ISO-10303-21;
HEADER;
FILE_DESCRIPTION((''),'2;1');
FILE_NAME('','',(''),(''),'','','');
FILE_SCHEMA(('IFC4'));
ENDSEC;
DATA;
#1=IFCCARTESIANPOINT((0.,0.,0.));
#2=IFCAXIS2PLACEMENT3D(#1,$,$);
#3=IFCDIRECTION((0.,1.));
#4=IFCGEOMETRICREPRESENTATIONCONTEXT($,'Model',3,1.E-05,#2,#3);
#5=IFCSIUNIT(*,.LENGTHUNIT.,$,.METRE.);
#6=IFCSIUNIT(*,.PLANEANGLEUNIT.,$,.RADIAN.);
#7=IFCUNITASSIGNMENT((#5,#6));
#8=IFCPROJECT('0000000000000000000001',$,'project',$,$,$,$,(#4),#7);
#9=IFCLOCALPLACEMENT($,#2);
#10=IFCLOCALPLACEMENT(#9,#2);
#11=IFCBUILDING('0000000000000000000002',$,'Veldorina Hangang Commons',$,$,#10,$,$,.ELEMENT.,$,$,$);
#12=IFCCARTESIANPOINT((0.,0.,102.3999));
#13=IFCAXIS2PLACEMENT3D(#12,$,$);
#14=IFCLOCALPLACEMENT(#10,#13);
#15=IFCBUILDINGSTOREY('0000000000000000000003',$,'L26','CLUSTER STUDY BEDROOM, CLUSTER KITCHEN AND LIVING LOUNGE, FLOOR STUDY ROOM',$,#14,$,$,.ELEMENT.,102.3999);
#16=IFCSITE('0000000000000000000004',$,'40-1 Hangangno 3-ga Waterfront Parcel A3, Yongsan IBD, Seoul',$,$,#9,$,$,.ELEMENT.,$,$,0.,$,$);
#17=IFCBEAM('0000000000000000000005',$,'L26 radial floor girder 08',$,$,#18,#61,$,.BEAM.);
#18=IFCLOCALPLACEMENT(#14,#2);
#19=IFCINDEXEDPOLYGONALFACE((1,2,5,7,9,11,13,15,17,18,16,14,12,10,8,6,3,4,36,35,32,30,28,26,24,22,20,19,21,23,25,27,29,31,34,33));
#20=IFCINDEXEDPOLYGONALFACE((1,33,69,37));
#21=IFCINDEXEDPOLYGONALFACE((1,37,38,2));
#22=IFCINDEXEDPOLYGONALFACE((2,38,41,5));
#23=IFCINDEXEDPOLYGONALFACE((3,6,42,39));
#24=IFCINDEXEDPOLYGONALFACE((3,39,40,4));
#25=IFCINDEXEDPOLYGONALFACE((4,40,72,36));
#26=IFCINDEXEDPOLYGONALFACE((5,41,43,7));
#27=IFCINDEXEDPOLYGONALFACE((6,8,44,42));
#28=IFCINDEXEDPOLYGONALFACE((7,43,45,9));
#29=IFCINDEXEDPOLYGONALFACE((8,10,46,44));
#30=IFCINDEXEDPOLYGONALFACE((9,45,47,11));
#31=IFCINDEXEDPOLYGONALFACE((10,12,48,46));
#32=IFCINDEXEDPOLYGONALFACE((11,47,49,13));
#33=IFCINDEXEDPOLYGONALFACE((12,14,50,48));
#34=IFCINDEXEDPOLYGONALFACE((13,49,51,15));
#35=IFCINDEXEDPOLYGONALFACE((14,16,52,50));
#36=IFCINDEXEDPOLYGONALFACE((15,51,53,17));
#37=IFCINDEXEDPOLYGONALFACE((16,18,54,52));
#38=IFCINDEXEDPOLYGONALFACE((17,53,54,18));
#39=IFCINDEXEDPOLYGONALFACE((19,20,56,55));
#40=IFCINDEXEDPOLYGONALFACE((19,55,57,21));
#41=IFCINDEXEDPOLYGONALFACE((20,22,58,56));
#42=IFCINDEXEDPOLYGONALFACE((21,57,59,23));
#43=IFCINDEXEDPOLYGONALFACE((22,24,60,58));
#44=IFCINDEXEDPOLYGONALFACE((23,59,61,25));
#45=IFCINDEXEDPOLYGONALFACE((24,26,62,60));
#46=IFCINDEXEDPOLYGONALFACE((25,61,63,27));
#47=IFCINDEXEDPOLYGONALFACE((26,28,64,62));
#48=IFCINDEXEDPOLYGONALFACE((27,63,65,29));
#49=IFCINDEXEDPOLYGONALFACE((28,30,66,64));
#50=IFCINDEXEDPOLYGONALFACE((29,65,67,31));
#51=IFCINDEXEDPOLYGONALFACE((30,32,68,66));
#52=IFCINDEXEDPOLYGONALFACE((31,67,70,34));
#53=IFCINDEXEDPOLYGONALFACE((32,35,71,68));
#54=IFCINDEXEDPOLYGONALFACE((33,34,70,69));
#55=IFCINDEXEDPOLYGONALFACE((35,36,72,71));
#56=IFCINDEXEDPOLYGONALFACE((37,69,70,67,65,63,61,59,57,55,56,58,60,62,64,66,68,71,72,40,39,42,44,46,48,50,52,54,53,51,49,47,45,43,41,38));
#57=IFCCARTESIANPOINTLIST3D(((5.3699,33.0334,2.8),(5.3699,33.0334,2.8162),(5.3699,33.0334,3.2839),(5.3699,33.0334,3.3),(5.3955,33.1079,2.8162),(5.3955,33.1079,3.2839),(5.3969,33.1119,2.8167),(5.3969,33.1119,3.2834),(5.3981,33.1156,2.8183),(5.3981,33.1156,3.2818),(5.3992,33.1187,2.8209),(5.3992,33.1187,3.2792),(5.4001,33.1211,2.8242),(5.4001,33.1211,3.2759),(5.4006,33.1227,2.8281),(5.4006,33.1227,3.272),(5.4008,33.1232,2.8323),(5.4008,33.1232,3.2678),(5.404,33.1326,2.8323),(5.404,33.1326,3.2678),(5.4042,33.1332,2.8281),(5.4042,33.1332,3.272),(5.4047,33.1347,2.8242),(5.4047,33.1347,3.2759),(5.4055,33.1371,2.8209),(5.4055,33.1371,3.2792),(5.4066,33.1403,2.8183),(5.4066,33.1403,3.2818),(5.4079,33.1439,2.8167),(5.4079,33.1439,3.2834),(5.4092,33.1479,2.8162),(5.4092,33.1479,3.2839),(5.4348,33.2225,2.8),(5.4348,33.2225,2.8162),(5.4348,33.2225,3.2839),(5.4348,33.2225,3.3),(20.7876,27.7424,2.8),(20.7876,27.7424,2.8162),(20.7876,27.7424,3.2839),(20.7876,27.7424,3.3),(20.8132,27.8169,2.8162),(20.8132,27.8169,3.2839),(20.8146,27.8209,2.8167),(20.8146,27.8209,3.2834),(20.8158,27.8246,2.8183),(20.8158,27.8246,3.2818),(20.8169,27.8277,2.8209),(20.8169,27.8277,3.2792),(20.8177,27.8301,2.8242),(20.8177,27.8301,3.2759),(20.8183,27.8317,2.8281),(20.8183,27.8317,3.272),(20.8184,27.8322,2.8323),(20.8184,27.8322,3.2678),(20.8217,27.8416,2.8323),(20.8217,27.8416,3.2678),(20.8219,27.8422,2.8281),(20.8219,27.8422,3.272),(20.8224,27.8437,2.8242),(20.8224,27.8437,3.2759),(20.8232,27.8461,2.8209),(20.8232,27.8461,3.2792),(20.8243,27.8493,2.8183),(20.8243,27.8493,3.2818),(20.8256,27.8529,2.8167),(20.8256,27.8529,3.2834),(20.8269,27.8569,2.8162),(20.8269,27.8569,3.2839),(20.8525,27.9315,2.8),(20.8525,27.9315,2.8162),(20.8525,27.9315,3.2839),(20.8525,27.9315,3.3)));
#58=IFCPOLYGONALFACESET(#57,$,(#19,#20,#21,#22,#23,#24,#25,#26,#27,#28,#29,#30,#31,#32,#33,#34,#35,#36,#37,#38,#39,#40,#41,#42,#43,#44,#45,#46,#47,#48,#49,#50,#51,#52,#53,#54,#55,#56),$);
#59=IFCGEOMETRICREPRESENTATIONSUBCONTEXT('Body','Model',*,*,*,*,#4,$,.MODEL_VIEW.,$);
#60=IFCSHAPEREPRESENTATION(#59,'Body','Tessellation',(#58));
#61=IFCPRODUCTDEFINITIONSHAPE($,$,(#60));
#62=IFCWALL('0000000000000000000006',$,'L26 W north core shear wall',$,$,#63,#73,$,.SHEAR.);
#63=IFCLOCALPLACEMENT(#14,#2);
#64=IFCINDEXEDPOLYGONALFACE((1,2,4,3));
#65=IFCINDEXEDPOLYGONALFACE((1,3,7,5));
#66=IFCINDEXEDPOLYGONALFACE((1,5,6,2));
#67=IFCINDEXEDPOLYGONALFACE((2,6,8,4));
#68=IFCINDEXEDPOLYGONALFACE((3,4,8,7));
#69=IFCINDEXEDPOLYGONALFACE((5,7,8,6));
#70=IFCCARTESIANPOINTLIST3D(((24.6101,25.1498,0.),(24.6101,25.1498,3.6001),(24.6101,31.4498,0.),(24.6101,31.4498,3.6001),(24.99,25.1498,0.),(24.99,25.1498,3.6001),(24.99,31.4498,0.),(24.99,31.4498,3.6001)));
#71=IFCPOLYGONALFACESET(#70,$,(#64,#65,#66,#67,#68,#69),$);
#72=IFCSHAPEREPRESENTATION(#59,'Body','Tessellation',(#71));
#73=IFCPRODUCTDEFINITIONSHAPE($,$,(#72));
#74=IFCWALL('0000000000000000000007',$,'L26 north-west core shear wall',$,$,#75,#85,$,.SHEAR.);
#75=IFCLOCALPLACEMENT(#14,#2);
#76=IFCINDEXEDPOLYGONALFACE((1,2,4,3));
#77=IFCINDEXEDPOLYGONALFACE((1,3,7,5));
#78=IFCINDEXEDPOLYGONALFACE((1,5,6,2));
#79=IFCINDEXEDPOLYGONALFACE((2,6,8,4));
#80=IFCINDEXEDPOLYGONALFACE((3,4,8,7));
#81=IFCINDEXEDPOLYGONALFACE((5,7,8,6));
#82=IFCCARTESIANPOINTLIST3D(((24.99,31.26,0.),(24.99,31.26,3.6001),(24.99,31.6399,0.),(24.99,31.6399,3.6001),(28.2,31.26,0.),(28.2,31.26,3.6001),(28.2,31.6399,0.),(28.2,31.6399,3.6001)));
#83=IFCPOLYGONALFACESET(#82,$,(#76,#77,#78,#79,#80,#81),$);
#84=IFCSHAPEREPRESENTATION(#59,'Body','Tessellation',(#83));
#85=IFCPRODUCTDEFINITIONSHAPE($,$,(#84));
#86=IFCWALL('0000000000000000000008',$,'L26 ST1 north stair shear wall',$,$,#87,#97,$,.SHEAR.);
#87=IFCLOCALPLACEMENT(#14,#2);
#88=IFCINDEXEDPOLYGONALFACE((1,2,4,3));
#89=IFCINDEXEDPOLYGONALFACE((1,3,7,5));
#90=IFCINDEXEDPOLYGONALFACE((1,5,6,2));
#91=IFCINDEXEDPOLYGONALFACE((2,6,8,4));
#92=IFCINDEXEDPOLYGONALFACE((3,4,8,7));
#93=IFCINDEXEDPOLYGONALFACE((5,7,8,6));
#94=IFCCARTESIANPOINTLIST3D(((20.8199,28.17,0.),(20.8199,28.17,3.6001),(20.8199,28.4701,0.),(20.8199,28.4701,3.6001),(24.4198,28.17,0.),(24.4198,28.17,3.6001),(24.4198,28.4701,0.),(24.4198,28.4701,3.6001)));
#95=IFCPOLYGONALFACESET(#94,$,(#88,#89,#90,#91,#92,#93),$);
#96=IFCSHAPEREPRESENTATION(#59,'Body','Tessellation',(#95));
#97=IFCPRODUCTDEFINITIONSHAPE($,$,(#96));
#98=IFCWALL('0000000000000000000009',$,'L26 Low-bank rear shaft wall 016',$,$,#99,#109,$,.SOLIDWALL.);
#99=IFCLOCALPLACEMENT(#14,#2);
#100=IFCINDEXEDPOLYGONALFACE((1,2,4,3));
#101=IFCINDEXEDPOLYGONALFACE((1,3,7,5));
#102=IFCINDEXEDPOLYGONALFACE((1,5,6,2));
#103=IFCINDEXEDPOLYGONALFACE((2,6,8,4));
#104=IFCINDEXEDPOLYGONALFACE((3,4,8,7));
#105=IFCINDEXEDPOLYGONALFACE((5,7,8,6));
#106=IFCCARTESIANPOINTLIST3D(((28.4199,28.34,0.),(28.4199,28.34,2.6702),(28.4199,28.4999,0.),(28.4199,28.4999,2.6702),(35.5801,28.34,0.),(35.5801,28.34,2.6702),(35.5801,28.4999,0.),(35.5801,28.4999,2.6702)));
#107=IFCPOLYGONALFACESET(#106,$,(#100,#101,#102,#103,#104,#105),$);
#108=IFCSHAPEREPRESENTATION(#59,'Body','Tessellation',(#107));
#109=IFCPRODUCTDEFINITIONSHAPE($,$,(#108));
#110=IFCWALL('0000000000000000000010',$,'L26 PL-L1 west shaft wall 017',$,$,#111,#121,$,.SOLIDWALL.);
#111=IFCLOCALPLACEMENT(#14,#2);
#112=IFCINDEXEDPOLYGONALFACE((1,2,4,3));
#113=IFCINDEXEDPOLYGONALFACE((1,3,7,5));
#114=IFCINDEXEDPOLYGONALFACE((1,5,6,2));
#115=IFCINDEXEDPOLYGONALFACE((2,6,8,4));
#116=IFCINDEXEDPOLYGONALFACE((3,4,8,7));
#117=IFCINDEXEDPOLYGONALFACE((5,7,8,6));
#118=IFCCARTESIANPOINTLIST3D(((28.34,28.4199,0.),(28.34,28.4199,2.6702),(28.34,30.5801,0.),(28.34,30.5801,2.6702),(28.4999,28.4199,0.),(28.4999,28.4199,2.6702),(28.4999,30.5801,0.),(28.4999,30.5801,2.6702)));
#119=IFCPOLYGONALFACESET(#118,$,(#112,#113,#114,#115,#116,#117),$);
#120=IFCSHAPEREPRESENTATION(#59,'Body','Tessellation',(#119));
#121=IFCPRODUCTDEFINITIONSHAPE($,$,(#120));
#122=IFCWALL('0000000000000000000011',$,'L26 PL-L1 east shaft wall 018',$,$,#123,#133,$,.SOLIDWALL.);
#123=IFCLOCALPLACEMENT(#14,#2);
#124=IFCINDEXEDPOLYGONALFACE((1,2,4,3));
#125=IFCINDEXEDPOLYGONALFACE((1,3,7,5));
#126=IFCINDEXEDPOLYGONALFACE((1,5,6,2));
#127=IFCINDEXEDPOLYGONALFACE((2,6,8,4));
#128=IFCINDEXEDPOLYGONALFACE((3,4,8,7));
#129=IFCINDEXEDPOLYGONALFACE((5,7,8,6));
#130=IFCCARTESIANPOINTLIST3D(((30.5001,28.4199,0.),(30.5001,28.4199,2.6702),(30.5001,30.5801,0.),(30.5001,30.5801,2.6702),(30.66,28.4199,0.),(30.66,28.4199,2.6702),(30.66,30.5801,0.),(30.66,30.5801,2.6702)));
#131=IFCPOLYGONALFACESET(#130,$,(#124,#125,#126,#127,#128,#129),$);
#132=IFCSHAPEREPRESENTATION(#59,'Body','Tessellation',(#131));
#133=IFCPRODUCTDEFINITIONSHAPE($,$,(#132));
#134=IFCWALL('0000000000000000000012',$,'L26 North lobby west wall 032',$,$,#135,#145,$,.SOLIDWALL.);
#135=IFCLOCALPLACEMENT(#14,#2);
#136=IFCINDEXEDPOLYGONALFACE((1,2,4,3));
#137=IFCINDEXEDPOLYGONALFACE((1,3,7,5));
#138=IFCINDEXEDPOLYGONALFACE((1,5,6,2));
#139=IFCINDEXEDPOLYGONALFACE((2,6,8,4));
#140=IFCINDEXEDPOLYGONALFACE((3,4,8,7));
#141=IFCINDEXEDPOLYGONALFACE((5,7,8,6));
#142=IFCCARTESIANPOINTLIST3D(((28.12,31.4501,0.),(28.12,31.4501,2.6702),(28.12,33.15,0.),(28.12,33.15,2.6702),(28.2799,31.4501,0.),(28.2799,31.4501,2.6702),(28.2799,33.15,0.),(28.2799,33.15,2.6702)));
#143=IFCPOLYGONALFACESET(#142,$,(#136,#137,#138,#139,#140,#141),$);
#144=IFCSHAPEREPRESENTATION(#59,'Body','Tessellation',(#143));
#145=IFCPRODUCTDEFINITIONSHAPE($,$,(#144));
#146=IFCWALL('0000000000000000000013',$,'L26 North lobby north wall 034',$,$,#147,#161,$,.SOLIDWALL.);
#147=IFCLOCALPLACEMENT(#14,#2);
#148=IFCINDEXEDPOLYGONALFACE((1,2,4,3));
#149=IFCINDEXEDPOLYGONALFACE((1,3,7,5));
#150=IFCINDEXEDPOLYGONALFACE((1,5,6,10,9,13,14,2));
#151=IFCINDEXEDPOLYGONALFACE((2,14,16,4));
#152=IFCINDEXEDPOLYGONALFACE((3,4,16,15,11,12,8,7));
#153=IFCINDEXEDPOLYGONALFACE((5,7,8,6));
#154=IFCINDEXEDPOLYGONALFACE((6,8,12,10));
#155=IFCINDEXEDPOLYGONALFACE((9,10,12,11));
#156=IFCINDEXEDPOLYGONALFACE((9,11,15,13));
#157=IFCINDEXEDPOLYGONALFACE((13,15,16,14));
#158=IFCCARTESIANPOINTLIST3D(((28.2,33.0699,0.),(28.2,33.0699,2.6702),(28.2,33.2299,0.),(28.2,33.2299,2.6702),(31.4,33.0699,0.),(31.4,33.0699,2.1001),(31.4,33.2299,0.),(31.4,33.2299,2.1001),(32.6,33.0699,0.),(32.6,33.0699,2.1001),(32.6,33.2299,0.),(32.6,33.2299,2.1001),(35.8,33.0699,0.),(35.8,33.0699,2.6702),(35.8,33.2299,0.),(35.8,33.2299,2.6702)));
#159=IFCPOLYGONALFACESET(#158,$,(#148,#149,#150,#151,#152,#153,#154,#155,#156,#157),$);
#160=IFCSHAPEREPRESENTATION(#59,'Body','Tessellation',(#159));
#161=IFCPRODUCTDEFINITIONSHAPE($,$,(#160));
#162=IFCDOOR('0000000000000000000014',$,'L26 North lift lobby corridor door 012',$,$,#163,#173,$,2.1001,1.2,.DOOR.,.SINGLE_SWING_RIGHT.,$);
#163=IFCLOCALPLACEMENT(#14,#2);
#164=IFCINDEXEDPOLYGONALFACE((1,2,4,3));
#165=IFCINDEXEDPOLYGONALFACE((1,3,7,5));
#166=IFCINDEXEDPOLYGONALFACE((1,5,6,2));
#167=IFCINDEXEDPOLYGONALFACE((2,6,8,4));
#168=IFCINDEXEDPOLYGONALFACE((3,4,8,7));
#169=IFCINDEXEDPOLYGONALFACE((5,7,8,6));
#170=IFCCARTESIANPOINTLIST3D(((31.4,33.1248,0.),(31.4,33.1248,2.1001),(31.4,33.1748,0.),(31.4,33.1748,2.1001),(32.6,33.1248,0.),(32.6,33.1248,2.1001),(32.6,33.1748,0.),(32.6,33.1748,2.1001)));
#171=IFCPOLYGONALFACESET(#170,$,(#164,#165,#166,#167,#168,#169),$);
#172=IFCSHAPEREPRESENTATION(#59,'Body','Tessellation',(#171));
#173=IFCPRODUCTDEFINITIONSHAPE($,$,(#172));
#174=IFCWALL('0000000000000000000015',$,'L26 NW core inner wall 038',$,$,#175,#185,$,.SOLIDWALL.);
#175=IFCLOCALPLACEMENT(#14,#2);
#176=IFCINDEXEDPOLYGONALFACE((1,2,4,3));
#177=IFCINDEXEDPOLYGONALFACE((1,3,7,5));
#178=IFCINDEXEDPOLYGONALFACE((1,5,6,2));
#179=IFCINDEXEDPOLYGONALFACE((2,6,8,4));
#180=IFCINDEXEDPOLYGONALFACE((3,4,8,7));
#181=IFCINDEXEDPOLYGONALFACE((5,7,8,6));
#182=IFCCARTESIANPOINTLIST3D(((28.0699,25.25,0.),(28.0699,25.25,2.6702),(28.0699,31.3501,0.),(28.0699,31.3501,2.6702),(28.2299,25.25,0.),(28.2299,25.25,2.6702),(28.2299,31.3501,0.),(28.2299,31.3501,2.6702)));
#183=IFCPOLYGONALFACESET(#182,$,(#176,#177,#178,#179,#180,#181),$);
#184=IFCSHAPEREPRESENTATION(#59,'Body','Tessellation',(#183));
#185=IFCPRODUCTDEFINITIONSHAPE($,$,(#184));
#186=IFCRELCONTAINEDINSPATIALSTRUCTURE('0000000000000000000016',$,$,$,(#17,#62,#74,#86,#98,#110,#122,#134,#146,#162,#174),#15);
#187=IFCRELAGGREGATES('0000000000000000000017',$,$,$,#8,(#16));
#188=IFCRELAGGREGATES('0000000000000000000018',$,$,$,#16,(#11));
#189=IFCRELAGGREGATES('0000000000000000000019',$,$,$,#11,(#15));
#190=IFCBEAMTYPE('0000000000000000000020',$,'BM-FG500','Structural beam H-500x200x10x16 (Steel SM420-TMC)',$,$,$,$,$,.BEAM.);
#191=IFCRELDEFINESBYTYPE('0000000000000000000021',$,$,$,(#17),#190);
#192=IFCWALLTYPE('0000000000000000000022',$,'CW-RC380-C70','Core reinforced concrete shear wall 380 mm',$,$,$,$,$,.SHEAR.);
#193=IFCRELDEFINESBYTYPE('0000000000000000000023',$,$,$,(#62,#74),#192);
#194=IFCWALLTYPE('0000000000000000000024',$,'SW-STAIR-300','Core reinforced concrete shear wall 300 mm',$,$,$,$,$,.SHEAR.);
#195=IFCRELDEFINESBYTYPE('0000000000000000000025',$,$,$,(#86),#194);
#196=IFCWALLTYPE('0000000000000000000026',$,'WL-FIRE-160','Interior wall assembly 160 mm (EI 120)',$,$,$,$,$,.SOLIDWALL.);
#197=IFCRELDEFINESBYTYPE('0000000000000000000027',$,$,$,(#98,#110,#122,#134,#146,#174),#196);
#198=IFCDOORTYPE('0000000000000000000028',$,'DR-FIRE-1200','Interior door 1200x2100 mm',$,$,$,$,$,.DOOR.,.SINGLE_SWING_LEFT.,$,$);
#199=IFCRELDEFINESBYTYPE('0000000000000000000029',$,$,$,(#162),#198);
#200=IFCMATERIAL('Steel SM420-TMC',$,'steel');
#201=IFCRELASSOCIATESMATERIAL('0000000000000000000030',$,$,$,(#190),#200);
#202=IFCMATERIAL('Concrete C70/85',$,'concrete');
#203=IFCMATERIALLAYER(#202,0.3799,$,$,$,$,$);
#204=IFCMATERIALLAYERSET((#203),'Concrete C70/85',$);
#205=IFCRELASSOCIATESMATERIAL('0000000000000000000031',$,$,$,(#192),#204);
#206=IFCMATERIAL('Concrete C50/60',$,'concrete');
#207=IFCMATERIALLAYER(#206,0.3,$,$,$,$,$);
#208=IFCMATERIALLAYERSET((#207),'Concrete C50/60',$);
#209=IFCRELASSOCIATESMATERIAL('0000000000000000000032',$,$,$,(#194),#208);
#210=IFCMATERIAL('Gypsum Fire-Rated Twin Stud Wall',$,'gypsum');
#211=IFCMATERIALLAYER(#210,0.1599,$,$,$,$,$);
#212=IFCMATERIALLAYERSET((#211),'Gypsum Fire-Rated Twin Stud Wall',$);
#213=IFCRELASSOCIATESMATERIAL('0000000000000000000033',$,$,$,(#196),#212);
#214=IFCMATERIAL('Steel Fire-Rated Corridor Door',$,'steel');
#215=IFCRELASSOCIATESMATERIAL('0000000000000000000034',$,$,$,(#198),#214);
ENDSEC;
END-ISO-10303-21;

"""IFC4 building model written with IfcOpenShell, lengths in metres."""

from ifc_helpers import new_model, si_unit, direction, frame, frame_2d, origin, origin_2d, place, context, subcontext, project, spatial, rectangle, i_section, extrude, material, layer, layer_set, material_profile, profile_set, type_object, element, fill, save


model = new_model("IFC4")

# Units and contexts
model_context = context("Model", 3, precision=1e-05, world=origin(), true_north=direction((0.0, 1.0)))
body_context = subcontext(model_context, "Body", "Model", "MODEL_VIEW")
ifc_project = project(units=[si_unit("LENGTHUNIT", "METRE"), si_unit("PLANEANGLEUNIT", "RADIAN")], contexts=[model_context])

# Site, building, storey
site_placement = place(None, origin())
site = spatial("IfcSite", under=ifc_project, at=site_placement, Name="40-1 Hangangno 3-ga Waterfront Parcel A3, Yongsan IBD, Seoul", CompositionType="ELEMENT", RefElevation=0.0)
building_placement = place(site_placement, origin())
building = spatial("IfcBuilding", under=site, at=building_placement, Name="Veldorina Hangang Commons", CompositionType="ELEMENT")
storey_placement = place(building_placement, frame((0.0, 0.0, 102.3999)))
storey = spatial("IfcBuildingStorey", under=building, at=storey_placement, Name="L26", Description="CLUSTER STUDY BEDROOM, CLUSTER KITCHEN AND LIVING LOUNGE, FLOOR STUDY ROOM", CompositionType="ELEMENT", Elevation=102.3999)

# Beam
ifc_material_1 = material(Name="Concrete C70/85", Category="concrete")
ifc_material_2 = material(Name="Steel SM420-TMC", Category="steel")
ifc_material_profile_1 = material_profile(ifc_material_2, i_section(OverallWidth=0.2, OverallDepth=0.5, WebThickness=0.01, FlangeThickness=0.0161, FilletRadius=0.0161, at=origin_2d()), Name="H-500x200x10x16")
ifc_profile_set_1 = profile_set([ifc_material_profile_1], Name="Steel SM420-TMC")
beam_type_1 = type_object("IfcBeamType", Name="BM-FG500", Description="Structural beam H-500x200x10x16 (Steel SM420-TMC)", PredefinedType="BEAM", material=ifc_profile_set_1)
beam_1_placement = place(storey_placement, frame((20.8201, 27.8369, 3.05), z_axis=(-0.945853, 0.324595, 0.0), x_axis=(-0.324595, -0.945853, 0.0)))
element("IfcBeam", 1, at=beam_1_placement, inside=storey, type_object=beam_type_1, Name="L26 radial floor girder 08", PredefinedType="BEAM", context=body_context, shape_type="SweptSolid", body=[
    extrude(i_section(OverallWidth=0.2, OverallDepth=0.5, WebThickness=0.01, FlangeThickness=0.0161, FilletRadius=0.0161, at=origin_2d()), origin(), (0.0, 0.0, 1.0), 16.3003),
])

# Walls
ifc_layer_1 = layer(ifc_material_1, 0.3799)
ifc_layer_set_1 = layer_set([ifc_layer_1], Name="Concrete C70/85")
wall_type_1 = type_object("IfcWallType", Name="CW-RC380-C70", Description="Core reinforced concrete shear wall 380 mm", PredefinedType="SHEAR", material=ifc_layer_set_1)
wall_1_placement = place(storey_placement, frame((24.8, 25.1499, 0.0), z_axis=(0.0, 0.0, 1.0), x_axis=(0.0, 1.0, 0.0)))
element("IfcWall", 2, at=wall_1_placement, inside=storey, type_object=wall_type_1, Name="L26 W north core shear wall", PredefinedType="SHEAR", context=body_context, shape_type="SweptSolid", body=[
    extrude(rectangle(XDim=6.3, YDim=0.3799, at=frame_2d((3.1499, 0.0))), origin(), (0.0, 0.0, 1.0), 3.6001),
])
wall_2_placement = place(storey_placement, frame((24.99, 31.45, 0.0), z_axis=(0.0, 0.0, 1.0), x_axis=(1.0, 0.0, 0.0)))
element("IfcWall", 3, at=wall_2_placement, inside=storey, type_object=wall_type_1, Name="L26 north-west core shear wall", PredefinedType="SHEAR", context=body_context, shape_type="SweptSolid", body=[
    extrude(rectangle(XDim=3.21, YDim=0.3799, at=frame_2d((1.605, 0.0))), origin(), (0.0, 0.0, 1.0), 3.6001),
])
ifc_material_3 = material(Name="Concrete C50/60", Category="concrete")
ifc_layer_2 = layer(ifc_material_3, 0.3)
ifc_layer_set_2 = layer_set([ifc_layer_2], Name="Concrete C50/60")
wall_type_2 = type_object("IfcWallType", Name="SW-STAIR-300", Description="Core reinforced concrete shear wall 300 mm", PredefinedType="SHEAR", material=ifc_layer_set_2)
wall_3_placement = place(storey_placement, frame((20.8201, 28.3201, 0.0), z_axis=(0.0, 0.0, 1.0), x_axis=(1.0, 0.0, 0.0)))
element("IfcWall", 4, at=wall_3_placement, inside=storey, type_object=wall_type_2, Name="L26 ST1 north stair shear wall", PredefinedType="SHEAR", context=body_context, shape_type="SweptSolid", body=[
    extrude(rectangle(XDim=3.5999, YDim=0.3, at=frame_2d((1.7998, 0.0))), origin(), (0.0, 0.0, 1.0), 3.6001),
])

# Shared definitions
ifc_material_4 = material(Name="Gypsum Fire-Rated Twin Stud Wall", Category="gypsum")
ifc_layer_3 = layer(ifc_material_4, 0.1599)
ifc_layer_set_3 = layer_set([ifc_layer_3], Name="Gypsum Fire-Rated Twin Stud Wall")
wall_type_3 = type_object("IfcWallType", Name="WL-FIRE-160", Description="Interior wall assembly 160 mm (EI 120)", PredefinedType="SOLIDWALL", material=ifc_layer_set_3)

# Walls
wall_4_placement = place(storey_placement, frame((28.4199, 28.4199, 0.0), z_axis=(0.0, 0.0, 1.0), x_axis=(1.0, 0.0, 0.0)))
element("IfcWall", 5, at=wall_4_placement, inside=storey, type_object=wall_type_3, Name="L26 Low-bank rear shaft wall 016", PredefinedType="SOLIDWALL", context=body_context, shape_type="SweptSolid", body=[
    extrude(rectangle(XDim=7.1602, YDim=0.1599, at=frame_2d((3.5801, 0.0))), origin(), (0.0, 0.0, 1.0), 2.6702),
])
for number, where, z_axis, x_axis, name in (
    (6, (28.4199, 28.4199, 0.0), (0.0, 0.0, 1.0), (0.0, 1.0, 0.0), "L26 PL-L1 west shaft wall 017"),
    (7, (30.5801, 28.4199, 0.0), (0.0, 0.0, 1.0), (0.0, 1.0, 0.0), "L26 PL-L1 east shaft wall 018"),
):
    element("IfcWall", number, at=place(storey_placement, frame(where, z_axis=z_axis, x_axis=x_axis)), inside=storey, type_object=wall_type_3, Name=name, PredefinedType="SOLIDWALL", context=body_context, shape_type="SweptSolid", body=[
        extrude(rectangle(XDim=2.1602, YDim=0.1599, at=frame_2d((1.0801, 0.0))), origin(), (0.0, 0.0, 1.0), 2.6702),
    ])
wall_5_placement = place(storey_placement, frame((28.2, 31.45, 0.0), z_axis=(0.0, 0.0, 1.0), x_axis=(0.0, 1.0, 0.0)))
element("IfcWall", 8, at=wall_5_placement, inside=storey, type_object=wall_type_3, Name="L26 North lobby west wall 032", PredefinedType="SOLIDWALL", context=body_context, shape_type="SweptSolid", body=[
    extrude(rectangle(XDim=1.7, YDim=0.1599, at=frame_2d((0.8501, 0.0))), origin(), (0.0, 0.0, 1.0), 2.6702),
])

# Wall, opening, door
wall_6_placement = place(storey_placement, frame((28.2, 33.1499, 0.0), z_axis=(0.0, 0.0, 1.0), x_axis=(1.0, 0.0, 0.0)))
wall_6 = element("IfcWall", 9, at=wall_6_placement, inside=storey, type_object=wall_type_3, Name="L26 North lobby north wall 034", PredefinedType="SOLIDWALL", context=body_context, shape_type="SweptSolid", body=[
    extrude(rectangle(XDim=7.6001, YDim=0.1599, at=frame_2d((3.8, 0.0))), origin(), (0.0, 0.0, 1.0), 2.6702),
])
opening_1_placement = place(wall_6_placement, frame((3.2, 0.0, 0.0)))
opening_1 = element("IfcOpeningElement", 10, at=opening_1_placement, cuts=wall_6, PredefinedType="OPENING", context=body_context, shape_type="SweptSolid", body=[
    extrude(rectangle(XDim=1.2, YDim=2.1001, at=frame_2d((0.6001, 1.05))), frame((0.0, 0.0898, 0.0), z_axis=(0.0, -1.0, 0.0), x_axis=(1.0, 0.0, 0.0)), (0.0, 0.0, 1.0), 0.1799),
])
ifc_material_5 = material(Name="Steel Fire-Rated Corridor Door", Category="steel")
door_type_1 = type_object("IfcDoorType", Name="DR-FIRE-1200", Description="Interior door 1200x2100 mm", OperationType="SINGLE_SWING_LEFT", PredefinedType="DOOR", material=ifc_material_5)
door_1_placement = place(opening_1_placement, origin())
door_1 = element("IfcDoor", 11, at=door_1_placement, inside=storey, type_object=door_type_1, Name="L26 North lift lobby corridor door 012", OperationType="SINGLE_SWING_RIGHT", OverallHeight=2.1001, OverallWidth=1.2, PredefinedType="DOOR", context=body_context, shape_type="SweptSolid", body=[
    extrude(rectangle(XDim=1.2, YDim=2.1001, at=frame_2d((0.6001, 1.05))), frame((0.0, 0.0249, 0.0), z_axis=(0.0, -1.0, 0.0), x_axis=(1.0, 0.0, 0.0)), (0.0, 0.0, 1.0), 0.05),
])
fill(opening_1, door_1)

# Wall
wall_7_placement = place(storey_placement, frame((28.1499, 25.25, 0.0), z_axis=(0.0, 0.0, 1.0), x_axis=(0.0, 1.0, 0.0)))
element("IfcWall", 12, at=wall_7_placement, inside=storey, type_object=wall_type_3, Name="L26 NW core inner wall 038", PredefinedType="SOLIDWALL", context=body_context, shape_type="SweptSolid", body=[
    extrude(rectangle(XDim=6.1001, YDim=0.1599, at=frame_2d((3.05, 0.0))), origin(), (0.0, 0.0, 1.0), 2.6702),
])

save(model, "model.ifc")
